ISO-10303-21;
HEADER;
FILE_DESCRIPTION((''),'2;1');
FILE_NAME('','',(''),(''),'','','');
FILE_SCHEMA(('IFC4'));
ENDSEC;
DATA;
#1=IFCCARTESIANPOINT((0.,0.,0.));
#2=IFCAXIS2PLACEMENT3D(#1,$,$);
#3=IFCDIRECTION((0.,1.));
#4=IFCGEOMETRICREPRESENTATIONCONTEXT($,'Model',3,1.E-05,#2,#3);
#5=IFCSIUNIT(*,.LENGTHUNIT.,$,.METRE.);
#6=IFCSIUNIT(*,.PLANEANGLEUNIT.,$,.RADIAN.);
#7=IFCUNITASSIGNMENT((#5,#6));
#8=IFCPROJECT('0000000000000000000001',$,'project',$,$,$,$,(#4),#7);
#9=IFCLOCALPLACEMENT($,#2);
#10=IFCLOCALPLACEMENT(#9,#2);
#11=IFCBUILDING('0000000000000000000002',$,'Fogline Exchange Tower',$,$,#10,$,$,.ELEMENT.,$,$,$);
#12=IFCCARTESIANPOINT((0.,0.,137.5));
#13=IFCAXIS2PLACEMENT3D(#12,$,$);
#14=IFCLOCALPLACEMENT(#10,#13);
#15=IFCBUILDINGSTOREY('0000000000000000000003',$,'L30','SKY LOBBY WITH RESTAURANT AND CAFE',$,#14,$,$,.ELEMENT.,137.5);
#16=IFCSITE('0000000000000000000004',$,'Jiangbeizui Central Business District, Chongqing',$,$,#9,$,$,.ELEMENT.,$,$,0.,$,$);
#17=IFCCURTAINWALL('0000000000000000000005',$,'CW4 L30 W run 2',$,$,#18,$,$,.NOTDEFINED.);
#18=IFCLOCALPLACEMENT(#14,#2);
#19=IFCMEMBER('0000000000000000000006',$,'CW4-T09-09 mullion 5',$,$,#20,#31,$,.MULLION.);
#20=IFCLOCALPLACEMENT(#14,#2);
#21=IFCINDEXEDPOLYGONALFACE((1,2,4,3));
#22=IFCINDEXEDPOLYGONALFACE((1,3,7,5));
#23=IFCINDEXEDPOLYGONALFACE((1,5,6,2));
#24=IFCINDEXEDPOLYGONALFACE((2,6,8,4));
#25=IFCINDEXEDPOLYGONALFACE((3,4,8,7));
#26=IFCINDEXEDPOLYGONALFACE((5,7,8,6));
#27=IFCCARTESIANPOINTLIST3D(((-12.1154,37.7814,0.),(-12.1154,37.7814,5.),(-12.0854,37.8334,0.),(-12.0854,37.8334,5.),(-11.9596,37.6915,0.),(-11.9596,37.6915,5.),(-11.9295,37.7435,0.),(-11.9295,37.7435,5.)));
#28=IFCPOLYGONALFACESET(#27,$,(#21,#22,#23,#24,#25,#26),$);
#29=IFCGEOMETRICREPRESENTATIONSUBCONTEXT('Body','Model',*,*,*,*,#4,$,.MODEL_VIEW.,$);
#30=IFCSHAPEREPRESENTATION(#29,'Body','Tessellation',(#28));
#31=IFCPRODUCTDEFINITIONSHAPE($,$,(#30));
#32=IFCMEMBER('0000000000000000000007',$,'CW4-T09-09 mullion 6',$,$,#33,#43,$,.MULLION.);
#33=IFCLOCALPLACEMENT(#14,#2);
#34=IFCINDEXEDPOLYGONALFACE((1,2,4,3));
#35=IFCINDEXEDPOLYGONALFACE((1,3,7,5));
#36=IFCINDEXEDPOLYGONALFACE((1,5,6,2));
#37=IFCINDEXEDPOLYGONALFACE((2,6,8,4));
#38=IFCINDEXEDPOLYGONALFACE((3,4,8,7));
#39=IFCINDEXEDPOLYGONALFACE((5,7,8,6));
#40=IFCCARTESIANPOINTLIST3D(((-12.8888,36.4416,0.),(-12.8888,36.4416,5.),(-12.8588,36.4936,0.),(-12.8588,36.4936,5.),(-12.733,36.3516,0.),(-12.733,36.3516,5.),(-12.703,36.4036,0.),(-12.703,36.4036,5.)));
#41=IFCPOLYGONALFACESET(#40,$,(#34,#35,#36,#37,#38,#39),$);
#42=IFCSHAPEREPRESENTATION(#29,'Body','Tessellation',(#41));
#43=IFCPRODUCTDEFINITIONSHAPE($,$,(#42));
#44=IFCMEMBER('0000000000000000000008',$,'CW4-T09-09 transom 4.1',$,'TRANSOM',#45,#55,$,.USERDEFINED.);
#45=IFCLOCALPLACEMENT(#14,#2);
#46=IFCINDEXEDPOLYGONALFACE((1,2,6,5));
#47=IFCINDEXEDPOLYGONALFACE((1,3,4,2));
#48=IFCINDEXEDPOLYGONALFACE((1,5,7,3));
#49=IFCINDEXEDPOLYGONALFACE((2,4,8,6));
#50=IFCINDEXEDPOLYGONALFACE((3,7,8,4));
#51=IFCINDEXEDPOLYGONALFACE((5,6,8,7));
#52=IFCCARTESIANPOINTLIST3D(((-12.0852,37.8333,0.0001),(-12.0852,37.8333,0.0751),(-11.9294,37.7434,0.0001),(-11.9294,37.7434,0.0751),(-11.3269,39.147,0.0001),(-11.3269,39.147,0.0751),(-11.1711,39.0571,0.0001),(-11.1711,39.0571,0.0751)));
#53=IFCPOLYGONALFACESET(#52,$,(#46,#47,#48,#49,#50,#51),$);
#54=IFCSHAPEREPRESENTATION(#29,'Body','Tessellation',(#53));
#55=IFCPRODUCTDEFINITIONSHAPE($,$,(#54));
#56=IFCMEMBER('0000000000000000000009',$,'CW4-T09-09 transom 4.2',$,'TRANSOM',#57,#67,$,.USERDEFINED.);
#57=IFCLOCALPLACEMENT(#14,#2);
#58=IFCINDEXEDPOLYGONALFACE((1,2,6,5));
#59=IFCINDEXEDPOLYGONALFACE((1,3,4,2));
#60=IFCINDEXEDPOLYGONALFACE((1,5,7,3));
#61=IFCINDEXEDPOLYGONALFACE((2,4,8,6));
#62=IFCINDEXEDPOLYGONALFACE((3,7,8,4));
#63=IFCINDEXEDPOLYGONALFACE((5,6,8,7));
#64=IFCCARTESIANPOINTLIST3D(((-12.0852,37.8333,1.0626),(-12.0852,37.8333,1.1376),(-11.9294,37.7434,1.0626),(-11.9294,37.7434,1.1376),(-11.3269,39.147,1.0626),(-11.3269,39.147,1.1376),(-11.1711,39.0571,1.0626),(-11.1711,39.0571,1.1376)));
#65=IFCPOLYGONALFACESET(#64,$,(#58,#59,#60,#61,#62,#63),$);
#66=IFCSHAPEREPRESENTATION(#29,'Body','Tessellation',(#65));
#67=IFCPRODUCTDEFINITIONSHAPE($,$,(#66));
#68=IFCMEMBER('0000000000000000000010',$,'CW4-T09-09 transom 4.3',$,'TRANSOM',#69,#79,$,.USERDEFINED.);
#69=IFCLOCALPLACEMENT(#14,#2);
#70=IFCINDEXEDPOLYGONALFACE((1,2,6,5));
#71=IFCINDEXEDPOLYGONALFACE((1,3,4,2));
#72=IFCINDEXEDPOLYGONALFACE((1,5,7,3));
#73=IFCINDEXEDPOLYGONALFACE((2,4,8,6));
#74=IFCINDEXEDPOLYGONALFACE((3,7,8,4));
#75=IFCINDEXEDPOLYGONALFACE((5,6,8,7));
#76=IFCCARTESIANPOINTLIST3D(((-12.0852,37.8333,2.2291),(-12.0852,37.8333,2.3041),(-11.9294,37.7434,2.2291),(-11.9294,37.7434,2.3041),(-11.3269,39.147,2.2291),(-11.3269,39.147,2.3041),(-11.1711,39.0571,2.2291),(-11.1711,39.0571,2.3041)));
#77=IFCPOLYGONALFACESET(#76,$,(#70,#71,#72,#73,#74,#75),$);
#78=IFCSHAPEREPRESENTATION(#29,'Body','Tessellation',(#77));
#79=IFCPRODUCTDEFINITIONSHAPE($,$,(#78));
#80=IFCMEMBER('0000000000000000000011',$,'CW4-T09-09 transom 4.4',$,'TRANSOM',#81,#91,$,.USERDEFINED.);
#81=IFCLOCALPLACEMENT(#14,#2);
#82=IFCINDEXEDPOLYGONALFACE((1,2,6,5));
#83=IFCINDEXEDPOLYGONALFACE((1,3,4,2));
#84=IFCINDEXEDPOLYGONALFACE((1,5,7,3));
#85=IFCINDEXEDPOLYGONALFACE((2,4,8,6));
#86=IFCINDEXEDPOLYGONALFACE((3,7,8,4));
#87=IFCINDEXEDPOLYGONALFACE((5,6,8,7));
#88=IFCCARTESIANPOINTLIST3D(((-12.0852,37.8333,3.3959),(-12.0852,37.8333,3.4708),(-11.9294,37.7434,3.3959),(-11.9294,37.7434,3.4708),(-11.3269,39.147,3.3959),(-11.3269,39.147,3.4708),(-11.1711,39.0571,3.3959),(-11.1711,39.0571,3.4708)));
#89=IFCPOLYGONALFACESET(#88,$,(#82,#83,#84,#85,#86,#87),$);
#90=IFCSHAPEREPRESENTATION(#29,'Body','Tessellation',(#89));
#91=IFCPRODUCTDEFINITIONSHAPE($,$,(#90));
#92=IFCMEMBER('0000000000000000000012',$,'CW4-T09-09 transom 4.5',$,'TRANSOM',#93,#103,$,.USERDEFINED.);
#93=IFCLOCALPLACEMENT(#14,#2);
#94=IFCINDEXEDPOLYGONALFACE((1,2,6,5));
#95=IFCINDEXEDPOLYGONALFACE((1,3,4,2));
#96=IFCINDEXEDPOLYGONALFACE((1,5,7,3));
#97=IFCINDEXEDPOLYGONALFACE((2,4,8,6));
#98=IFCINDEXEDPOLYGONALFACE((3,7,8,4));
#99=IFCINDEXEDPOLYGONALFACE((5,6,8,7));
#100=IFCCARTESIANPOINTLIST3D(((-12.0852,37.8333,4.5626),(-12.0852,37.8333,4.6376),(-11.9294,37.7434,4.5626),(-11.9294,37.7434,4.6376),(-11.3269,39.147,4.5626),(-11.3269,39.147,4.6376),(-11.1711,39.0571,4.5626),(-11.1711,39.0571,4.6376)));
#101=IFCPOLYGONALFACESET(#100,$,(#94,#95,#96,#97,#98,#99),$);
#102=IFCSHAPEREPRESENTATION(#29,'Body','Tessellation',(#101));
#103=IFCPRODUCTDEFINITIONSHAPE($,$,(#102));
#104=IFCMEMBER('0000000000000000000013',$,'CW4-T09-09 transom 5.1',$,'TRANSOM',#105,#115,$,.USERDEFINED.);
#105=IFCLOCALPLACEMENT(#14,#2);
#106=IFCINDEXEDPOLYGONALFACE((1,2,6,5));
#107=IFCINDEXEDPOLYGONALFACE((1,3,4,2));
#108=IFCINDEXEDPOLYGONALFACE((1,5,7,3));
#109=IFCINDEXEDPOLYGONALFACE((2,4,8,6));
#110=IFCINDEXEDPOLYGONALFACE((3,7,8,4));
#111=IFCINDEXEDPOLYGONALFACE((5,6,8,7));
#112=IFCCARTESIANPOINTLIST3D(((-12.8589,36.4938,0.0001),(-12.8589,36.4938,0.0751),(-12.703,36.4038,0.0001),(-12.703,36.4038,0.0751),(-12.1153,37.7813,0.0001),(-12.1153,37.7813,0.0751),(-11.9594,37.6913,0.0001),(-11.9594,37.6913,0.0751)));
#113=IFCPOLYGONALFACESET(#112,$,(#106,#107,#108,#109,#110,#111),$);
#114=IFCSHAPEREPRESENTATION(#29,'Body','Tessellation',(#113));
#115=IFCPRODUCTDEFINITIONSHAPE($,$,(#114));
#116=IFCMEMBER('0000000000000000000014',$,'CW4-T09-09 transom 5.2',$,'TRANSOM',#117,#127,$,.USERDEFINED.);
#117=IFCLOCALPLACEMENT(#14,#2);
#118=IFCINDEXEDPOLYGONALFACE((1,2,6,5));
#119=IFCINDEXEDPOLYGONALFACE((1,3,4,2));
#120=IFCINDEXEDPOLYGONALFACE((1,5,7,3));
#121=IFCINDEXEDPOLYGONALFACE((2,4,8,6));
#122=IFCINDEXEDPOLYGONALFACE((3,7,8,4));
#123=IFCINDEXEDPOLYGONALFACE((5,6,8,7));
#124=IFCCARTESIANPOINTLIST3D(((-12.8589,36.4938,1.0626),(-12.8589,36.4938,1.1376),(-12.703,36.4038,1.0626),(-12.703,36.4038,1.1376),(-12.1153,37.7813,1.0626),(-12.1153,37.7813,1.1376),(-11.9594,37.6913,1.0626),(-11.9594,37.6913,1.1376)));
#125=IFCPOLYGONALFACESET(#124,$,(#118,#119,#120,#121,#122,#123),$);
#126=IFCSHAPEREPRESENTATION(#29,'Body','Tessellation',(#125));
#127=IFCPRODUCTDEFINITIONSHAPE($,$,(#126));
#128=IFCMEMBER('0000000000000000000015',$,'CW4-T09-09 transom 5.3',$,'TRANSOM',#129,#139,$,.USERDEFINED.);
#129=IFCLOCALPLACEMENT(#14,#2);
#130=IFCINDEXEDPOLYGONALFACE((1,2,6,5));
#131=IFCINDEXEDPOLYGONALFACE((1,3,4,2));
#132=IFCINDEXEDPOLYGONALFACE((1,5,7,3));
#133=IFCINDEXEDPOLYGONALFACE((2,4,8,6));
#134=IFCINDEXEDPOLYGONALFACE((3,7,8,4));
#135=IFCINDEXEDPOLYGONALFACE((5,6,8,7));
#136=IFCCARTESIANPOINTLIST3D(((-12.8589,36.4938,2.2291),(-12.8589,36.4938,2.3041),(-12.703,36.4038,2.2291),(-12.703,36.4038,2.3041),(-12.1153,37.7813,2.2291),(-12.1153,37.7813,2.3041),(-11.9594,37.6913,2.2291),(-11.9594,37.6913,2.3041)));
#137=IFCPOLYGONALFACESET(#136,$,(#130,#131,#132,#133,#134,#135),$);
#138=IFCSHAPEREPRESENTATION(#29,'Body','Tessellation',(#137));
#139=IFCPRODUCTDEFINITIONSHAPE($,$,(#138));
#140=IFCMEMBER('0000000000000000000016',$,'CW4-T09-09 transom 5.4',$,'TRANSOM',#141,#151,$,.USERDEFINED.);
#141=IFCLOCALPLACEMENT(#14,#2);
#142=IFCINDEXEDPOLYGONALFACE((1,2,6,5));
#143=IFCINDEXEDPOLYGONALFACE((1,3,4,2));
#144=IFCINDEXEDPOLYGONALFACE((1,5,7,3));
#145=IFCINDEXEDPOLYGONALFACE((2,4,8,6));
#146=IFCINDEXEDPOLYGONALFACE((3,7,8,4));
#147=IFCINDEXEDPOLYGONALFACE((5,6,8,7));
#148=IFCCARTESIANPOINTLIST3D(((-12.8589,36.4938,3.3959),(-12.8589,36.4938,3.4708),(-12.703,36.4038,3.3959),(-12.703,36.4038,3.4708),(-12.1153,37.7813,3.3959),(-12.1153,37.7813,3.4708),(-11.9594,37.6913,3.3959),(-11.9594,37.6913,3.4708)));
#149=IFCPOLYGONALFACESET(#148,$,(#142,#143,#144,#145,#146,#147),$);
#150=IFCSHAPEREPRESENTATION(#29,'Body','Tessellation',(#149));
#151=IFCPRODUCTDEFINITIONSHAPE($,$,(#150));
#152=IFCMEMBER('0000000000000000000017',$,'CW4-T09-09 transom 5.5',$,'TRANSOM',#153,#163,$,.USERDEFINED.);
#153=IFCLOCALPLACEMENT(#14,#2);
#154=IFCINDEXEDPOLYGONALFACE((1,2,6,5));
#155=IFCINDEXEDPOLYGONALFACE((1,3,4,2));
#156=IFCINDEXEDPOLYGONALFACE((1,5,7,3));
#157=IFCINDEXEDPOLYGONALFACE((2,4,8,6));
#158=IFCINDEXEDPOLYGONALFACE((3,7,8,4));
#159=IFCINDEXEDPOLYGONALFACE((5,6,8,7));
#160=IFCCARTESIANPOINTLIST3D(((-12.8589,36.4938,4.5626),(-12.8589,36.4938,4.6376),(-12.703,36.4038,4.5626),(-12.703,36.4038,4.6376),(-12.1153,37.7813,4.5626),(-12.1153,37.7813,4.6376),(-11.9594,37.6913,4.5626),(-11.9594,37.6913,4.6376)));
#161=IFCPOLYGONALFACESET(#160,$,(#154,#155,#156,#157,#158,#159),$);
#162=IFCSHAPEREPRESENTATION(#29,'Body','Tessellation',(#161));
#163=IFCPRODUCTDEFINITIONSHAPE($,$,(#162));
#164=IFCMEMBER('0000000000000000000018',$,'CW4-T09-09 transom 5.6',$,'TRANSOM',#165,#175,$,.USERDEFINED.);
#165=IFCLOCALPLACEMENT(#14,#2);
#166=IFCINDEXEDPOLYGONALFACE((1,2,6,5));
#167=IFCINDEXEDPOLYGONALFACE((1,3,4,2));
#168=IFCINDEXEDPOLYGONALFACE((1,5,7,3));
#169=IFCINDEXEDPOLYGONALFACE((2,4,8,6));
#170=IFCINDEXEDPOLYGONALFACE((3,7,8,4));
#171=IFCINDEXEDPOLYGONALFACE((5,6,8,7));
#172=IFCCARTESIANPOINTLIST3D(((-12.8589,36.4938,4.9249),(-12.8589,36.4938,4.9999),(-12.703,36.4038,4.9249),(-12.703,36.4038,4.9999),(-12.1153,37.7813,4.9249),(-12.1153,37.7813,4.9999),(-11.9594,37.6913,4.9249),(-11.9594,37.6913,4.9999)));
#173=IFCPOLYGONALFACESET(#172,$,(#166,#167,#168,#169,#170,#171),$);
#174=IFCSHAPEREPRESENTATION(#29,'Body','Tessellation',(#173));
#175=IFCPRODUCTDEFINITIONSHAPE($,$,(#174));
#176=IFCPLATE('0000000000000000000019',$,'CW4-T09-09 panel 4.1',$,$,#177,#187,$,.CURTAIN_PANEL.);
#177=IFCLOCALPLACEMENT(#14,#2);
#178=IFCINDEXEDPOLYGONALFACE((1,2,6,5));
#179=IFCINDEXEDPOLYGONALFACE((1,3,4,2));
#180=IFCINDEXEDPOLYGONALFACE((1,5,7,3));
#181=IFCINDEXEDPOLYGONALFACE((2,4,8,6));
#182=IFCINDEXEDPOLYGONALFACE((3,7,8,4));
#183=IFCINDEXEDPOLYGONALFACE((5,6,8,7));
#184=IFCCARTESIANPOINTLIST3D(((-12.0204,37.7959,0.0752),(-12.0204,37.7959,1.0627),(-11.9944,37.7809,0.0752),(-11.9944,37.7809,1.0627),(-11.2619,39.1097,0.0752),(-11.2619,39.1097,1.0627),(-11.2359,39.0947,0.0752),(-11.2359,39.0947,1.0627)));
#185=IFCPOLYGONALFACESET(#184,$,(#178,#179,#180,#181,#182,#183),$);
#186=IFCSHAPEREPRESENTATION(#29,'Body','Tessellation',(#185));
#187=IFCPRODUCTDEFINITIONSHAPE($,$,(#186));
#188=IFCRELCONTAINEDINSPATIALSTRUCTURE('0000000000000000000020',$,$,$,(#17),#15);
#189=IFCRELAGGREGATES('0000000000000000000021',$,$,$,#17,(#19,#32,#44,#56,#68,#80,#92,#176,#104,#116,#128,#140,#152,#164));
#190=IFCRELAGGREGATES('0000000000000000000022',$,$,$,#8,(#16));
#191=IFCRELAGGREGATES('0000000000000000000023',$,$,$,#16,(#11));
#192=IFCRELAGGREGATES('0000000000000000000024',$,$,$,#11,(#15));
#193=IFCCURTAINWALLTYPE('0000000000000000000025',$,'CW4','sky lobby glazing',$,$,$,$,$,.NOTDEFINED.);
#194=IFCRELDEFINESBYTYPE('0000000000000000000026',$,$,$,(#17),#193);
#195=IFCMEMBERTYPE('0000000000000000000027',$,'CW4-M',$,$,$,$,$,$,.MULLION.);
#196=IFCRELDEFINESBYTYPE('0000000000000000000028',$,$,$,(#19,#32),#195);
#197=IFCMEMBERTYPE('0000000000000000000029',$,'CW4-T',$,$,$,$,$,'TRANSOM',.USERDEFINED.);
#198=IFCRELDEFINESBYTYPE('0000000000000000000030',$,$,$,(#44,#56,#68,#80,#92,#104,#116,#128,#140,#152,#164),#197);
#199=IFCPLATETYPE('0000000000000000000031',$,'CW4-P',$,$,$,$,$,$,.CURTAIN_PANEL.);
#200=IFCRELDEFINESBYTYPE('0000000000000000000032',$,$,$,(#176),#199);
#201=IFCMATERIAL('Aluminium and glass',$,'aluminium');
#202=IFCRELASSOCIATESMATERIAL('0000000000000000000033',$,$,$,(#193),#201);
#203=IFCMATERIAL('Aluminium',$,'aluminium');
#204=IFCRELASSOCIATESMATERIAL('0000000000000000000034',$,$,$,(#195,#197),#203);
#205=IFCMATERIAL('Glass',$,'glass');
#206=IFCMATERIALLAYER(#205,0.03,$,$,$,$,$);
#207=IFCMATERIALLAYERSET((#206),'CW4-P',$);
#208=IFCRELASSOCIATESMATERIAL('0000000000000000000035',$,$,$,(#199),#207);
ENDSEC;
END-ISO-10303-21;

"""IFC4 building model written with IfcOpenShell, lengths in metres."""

from ifc_helpers import new_model, si_unit, direction, frame, origin, origin_2d, place, context, subcontext, project, spatial, rectangle, extrude, material, layer, layer_set, material_profile, profile_set, type_object, element, aggregate, save


model = new_model("IFC4")

# Units and contexts
model_context = context("Model", 3, precision=1e-05, world=origin(), true_north=direction((0.0, 1.0)))
body_context = subcontext(model_context, "Body", "Model", "MODEL_VIEW")
ifc_project = project(units=[si_unit("LENGTHUNIT", "METRE"), si_unit("PLANEANGLEUNIT", "RADIAN")], contexts=[model_context])

# Site, building, storey
site_placement = place(None, origin())
site = spatial("IfcSite", under=ifc_project, at=site_placement, Name="Jiangbeizui Central Business District, Chongqing", CompositionType="ELEMENT", RefElevation=0.0)
building_placement = place(site_placement, origin())
building = spatial("IfcBuilding", under=site, at=building_placement, Name="Fogline Exchange Tower", CompositionType="ELEMENT")
storey_placement = place(building_placement, frame((0.0, 0.0, 137.5)))
storey = spatial("IfcBuildingStorey", under=building, at=storey_placement, Name="L30", Description="SKY LOBBY WITH RESTAURANT AND CAFE", CompositionType="ELEMENT", Elevation=137.5)

# Curtain wall, members, plate
ifc_material_1 = material(Name="Aluminium and glass", Category="aluminium")
curtain_wall_type = type_object("IfcCurtainWallType", Name="CW4", Description="sky lobby glazing", PredefinedType="NOTDEFINED", material=ifc_material_1)
curtain_wall_placement = place(storey_placement, origin())
curtain_wall = element("IfcCurtainWall", 1, at=curtain_wall_placement, inside=storey, type_object=curtain_wall_type, Name="CW4 L30 W run 2", PredefinedType="NOTDEFINED")
ifc_material_2 = material(Name="Aluminium", Category="aluminium")
ifc_material_profile_1 = material_profile(ifc_material_2, rectangle(XDim=0.1799, YDim=0.0601, at=origin_2d()), Name="Mullion 60x180")
ifc_profile_set_1 = profile_set([ifc_material_profile_1], Name="Aluminium")
member_type_1 = type_object("IfcMemberType", Name="CW4-M", PredefinedType="MULLION", material=ifc_profile_set_1)
member_1_placement = place(storey_placement, frame((-12.0225, 37.7625, 0.0), z_axis=(0.0, 0.0, 1.0), x_axis=(0.866025, -0.5, 0.0)))
member_1 = element("IfcMember", 2, at=member_1_placement, type_object=member_type_1, Name="CW4-T09-09 mullion 5", PredefinedType="MULLION", context=body_context, shape_type="SweptSolid", body=[
    extrude(rectangle(XDim=0.1799, YDim=0.0601, at=origin_2d()), origin(), (0.0, 0.0, 1.0), 5.0),
])
member_2_placement = place(storey_placement, frame((-12.7959, 36.4226, 0.0), z_axis=(0.0, 0.0, 1.0), x_axis=(0.866025, -0.5, 0.0)))
member_2 = element("IfcMember", 3, at=member_2_placement, type_object=member_type_1, Name="CW4-T09-09 mullion 6", PredefinedType="MULLION", context=body_context, shape_type="SweptSolid", body=[
    extrude(rectangle(XDim=0.1799, YDim=0.0601, at=origin_2d()), origin(), (0.0, 0.0, 1.0), 5.0),
])
ifc_material_profile_2 = material_profile(ifc_material_2, rectangle(XDim=0.1799, YDim=0.075, at=origin_2d()), Name="Transom 75x180")
ifc_profile_set_2 = profile_set([ifc_material_profile_2], Name="Aluminium")
member_type_2 = type_object("IfcMemberType", Name="CW4-T", ElementType="TRANSOM", PredefinedType="USERDEFINED", material=ifc_profile_set_2)
member_3_placement = place(storey_placement, frame((-11.249, 39.1021, 0.0376), z_axis=(-0.499913, -0.866076, 0.0), x_axis=(0.866076, -0.499913, 0.0)))
member_3 = element("IfcMember", 4, at=member_3_placement, type_object=member_type_2, Name="CW4-T09-09 transom 4.1", ObjectType="TRANSOM", PredefinedType="USERDEFINED", context=body_context, shape_type="SweptSolid", body=[
    extrude(rectangle(XDim=0.1799, YDim=0.075, at=origin_2d()), origin(), (0.0, 0.0, 1.0), 1.5168),
])
member_4_placement = place(storey_placement, frame((-11.249, 39.1021, 1.1001), z_axis=(-0.499913, -0.866076, 0.0), x_axis=(0.866076, -0.499913, 0.0)))
member_4 = element("IfcMember", 5, at=member_4_placement, type_object=member_type_2, Name="CW4-T09-09 transom 4.2", ObjectType="TRANSOM", PredefinedType="USERDEFINED", context=body_context, shape_type="SweptSolid", body=[
    extrude(rectangle(XDim=0.1799, YDim=0.075, at=origin_2d()), origin(), (0.0, 0.0, 1.0), 1.5168),
])
member_5_placement = place(storey_placement, frame((-11.249, 39.1021, 2.2666), z_axis=(-0.499913, -0.866076, 0.0), x_axis=(0.866076, -0.499913, 0.0)))
member_5 = element("IfcMember", 6, at=member_5_placement, type_object=member_type_2, Name="CW4-T09-09 transom 4.3", ObjectType="TRANSOM", PredefinedType="USERDEFINED", context=body_context, shape_type="SweptSolid", body=[
    extrude(rectangle(XDim=0.1799, YDim=0.075, at=origin_2d()), origin(), (0.0, 0.0, 1.0), 1.5168),
])
member_6_placement = place(storey_placement, frame((-11.249, 39.1021, 3.4333), z_axis=(-0.499913, -0.866076, 0.0), x_axis=(0.866076, -0.499913, 0.0)))
member_6 = element("IfcMember", 7, at=member_6_placement, type_object=member_type_2, Name="CW4-T09-09 transom 4.4", ObjectType="TRANSOM", PredefinedType="USERDEFINED", context=body_context, shape_type="SweptSolid", body=[
    extrude(rectangle(XDim=0.1799, YDim=0.075, at=origin_2d()), origin(), (0.0, 0.0, 1.0), 1.5168),
])
member_7_placement = place(storey_placement, frame((-11.249, 39.1021, 4.6001), z_axis=(-0.499913, -0.866076, 0.0), x_axis=(0.866076, -0.499913, 0.0)))
member_7 = element("IfcMember", 8, at=member_7_placement, type_object=member_type_2, Name="CW4-T09-09 transom 4.5", ObjectType="TRANSOM", PredefinedType="USERDEFINED", context=body_context, shape_type="SweptSolid", body=[
    extrude(rectangle(XDim=0.1799, YDim=0.075, at=origin_2d()), origin(), (0.0, 0.0, 1.0), 1.5168),
])
member_8_placement = place(storey_placement, frame((-12.0374, 37.7363, 0.0376), z_axis=(-0.50013, -0.86595, 0.0), x_axis=(0.86595, -0.50013, 0.0)))
member_8 = element("IfcMember", 9, at=member_8_placement, type_object=member_type_2, Name="CW4-T09-09 transom 5.1", ObjectType="TRANSOM", PredefinedType="USERDEFINED", context=body_context, shape_type="SweptSolid", body=[
    extrude(rectangle(XDim=0.1799, YDim=0.075, at=origin_2d()), origin(), (0.0, 0.0, 1.0), 1.4868),
])
member_9_placement = place(storey_placement, frame((-12.0374, 37.7363, 1.1001), z_axis=(-0.50013, -0.86595, 0.0), x_axis=(0.86595, -0.50013, 0.0)))
member_9 = element("IfcMember", 10, at=member_9_placement, type_object=member_type_2, Name="CW4-T09-09 transom 5.2", ObjectType="TRANSOM", PredefinedType="USERDEFINED", context=body_context, shape_type="SweptSolid", body=[
    extrude(rectangle(XDim=0.1799, YDim=0.075, at=origin_2d()), origin(), (0.0, 0.0, 1.0), 1.4868),
])
member_10_placement = place(storey_placement, frame((-12.0374, 37.7363, 2.2666), z_axis=(-0.50013, -0.86595, 0.0), x_axis=(0.86595, -0.50013, 0.0)))
member_10 = element("IfcMember", 11, at=member_10_placement, type_object=member_type_2, Name="CW4-T09-09 transom 5.3", ObjectType="TRANSOM", PredefinedType="USERDEFINED", context=body_context, shape_type="SweptSolid", body=[
    extrude(rectangle(XDim=0.1799, YDim=0.075, at=origin_2d()), origin(), (0.0, 0.0, 1.0), 1.4868),
])
member_11_placement = place(storey_placement, frame((-12.0374, 37.7363, 3.4333), z_axis=(-0.50013, -0.86595, 0.0), x_axis=(0.86595, -0.50013, 0.0)))
member_11 = element("IfcMember", 12, at=member_11_placement, type_object=member_type_2, Name="CW4-T09-09 transom 5.4", ObjectType="TRANSOM", PredefinedType="USERDEFINED", context=body_context, shape_type="SweptSolid", body=[
    extrude(rectangle(XDim=0.1799, YDim=0.075, at=origin_2d()), origin(), (0.0, 0.0, 1.0), 1.4868),
])
member_12_placement = place(storey_placement, frame((-12.0374, 37.7363, 4.6001), z_axis=(-0.50013, -0.86595, 0.0), x_axis=(0.86595, -0.50013, 0.0)))
member_12 = element("IfcMember", 13, at=member_12_placement, type_object=member_type_2, Name="CW4-T09-09 transom 5.5", ObjectType="TRANSOM", PredefinedType="USERDEFINED", context=body_context, shape_type="SweptSolid", body=[
    extrude(rectangle(XDim=0.1799, YDim=0.075, at=origin_2d()), origin(), (0.0, 0.0, 1.0), 1.4868),
])
member_13_placement = place(storey_placement, frame((-12.0374, 37.7363, 4.9624), z_axis=(-0.50013, -0.86595, 0.0), x_axis=(0.86595, -0.50013, 0.0)))
member_13 = element("IfcMember", 14, at=member_13_placement, type_object=member_type_2, Name="CW4-T09-09 transom 5.6", ObjectType="TRANSOM", PredefinedType="USERDEFINED", context=body_context, shape_type="SweptSolid", body=[
    extrude(rectangle(XDim=0.1799, YDim=0.075, at=origin_2d()), origin(), (0.0, 0.0, 1.0), 1.4868),
])
ifc_material_3 = material(Name="Glass", Category="glass")
ifc_layer_1 = layer(ifc_material_3, 0.03)
ifc_layer_set_1 = layer_set([ifc_layer_1], Name="CW4-P")
plate_type = type_object("IfcPlateType", Name="CW4-P", PredefinedType="CURTAIN_PANEL", material=ifc_layer_set_1)
plate_1_placement = place(storey_placement, frame((-11.6282, 38.4453, 0.0752), z_axis=(0.0, 0.0, 1.0), x_axis=(-0.5, -0.866025, 0.0)))
plate_1 = element("IfcPlate", 15, at=plate_1_placement, type_object=plate_type, Name="CW4-T09-09 panel 4.1", PredefinedType="CURTAIN_PANEL", context=body_context, shape_type="SweptSolid", body=[
    extrude(rectangle(XDim=1.5171, YDim=0.03, at=origin_2d()), origin(), (0.0, 0.0, 1.0), 0.9875),
])
aggregate(curtain_wall, [member_1, member_2, member_3, member_4, member_5, member_6, member_7, plate_1, member_8, member_9, member_10, member_11, member_12, member_13])

save(model, "model.ifc")
